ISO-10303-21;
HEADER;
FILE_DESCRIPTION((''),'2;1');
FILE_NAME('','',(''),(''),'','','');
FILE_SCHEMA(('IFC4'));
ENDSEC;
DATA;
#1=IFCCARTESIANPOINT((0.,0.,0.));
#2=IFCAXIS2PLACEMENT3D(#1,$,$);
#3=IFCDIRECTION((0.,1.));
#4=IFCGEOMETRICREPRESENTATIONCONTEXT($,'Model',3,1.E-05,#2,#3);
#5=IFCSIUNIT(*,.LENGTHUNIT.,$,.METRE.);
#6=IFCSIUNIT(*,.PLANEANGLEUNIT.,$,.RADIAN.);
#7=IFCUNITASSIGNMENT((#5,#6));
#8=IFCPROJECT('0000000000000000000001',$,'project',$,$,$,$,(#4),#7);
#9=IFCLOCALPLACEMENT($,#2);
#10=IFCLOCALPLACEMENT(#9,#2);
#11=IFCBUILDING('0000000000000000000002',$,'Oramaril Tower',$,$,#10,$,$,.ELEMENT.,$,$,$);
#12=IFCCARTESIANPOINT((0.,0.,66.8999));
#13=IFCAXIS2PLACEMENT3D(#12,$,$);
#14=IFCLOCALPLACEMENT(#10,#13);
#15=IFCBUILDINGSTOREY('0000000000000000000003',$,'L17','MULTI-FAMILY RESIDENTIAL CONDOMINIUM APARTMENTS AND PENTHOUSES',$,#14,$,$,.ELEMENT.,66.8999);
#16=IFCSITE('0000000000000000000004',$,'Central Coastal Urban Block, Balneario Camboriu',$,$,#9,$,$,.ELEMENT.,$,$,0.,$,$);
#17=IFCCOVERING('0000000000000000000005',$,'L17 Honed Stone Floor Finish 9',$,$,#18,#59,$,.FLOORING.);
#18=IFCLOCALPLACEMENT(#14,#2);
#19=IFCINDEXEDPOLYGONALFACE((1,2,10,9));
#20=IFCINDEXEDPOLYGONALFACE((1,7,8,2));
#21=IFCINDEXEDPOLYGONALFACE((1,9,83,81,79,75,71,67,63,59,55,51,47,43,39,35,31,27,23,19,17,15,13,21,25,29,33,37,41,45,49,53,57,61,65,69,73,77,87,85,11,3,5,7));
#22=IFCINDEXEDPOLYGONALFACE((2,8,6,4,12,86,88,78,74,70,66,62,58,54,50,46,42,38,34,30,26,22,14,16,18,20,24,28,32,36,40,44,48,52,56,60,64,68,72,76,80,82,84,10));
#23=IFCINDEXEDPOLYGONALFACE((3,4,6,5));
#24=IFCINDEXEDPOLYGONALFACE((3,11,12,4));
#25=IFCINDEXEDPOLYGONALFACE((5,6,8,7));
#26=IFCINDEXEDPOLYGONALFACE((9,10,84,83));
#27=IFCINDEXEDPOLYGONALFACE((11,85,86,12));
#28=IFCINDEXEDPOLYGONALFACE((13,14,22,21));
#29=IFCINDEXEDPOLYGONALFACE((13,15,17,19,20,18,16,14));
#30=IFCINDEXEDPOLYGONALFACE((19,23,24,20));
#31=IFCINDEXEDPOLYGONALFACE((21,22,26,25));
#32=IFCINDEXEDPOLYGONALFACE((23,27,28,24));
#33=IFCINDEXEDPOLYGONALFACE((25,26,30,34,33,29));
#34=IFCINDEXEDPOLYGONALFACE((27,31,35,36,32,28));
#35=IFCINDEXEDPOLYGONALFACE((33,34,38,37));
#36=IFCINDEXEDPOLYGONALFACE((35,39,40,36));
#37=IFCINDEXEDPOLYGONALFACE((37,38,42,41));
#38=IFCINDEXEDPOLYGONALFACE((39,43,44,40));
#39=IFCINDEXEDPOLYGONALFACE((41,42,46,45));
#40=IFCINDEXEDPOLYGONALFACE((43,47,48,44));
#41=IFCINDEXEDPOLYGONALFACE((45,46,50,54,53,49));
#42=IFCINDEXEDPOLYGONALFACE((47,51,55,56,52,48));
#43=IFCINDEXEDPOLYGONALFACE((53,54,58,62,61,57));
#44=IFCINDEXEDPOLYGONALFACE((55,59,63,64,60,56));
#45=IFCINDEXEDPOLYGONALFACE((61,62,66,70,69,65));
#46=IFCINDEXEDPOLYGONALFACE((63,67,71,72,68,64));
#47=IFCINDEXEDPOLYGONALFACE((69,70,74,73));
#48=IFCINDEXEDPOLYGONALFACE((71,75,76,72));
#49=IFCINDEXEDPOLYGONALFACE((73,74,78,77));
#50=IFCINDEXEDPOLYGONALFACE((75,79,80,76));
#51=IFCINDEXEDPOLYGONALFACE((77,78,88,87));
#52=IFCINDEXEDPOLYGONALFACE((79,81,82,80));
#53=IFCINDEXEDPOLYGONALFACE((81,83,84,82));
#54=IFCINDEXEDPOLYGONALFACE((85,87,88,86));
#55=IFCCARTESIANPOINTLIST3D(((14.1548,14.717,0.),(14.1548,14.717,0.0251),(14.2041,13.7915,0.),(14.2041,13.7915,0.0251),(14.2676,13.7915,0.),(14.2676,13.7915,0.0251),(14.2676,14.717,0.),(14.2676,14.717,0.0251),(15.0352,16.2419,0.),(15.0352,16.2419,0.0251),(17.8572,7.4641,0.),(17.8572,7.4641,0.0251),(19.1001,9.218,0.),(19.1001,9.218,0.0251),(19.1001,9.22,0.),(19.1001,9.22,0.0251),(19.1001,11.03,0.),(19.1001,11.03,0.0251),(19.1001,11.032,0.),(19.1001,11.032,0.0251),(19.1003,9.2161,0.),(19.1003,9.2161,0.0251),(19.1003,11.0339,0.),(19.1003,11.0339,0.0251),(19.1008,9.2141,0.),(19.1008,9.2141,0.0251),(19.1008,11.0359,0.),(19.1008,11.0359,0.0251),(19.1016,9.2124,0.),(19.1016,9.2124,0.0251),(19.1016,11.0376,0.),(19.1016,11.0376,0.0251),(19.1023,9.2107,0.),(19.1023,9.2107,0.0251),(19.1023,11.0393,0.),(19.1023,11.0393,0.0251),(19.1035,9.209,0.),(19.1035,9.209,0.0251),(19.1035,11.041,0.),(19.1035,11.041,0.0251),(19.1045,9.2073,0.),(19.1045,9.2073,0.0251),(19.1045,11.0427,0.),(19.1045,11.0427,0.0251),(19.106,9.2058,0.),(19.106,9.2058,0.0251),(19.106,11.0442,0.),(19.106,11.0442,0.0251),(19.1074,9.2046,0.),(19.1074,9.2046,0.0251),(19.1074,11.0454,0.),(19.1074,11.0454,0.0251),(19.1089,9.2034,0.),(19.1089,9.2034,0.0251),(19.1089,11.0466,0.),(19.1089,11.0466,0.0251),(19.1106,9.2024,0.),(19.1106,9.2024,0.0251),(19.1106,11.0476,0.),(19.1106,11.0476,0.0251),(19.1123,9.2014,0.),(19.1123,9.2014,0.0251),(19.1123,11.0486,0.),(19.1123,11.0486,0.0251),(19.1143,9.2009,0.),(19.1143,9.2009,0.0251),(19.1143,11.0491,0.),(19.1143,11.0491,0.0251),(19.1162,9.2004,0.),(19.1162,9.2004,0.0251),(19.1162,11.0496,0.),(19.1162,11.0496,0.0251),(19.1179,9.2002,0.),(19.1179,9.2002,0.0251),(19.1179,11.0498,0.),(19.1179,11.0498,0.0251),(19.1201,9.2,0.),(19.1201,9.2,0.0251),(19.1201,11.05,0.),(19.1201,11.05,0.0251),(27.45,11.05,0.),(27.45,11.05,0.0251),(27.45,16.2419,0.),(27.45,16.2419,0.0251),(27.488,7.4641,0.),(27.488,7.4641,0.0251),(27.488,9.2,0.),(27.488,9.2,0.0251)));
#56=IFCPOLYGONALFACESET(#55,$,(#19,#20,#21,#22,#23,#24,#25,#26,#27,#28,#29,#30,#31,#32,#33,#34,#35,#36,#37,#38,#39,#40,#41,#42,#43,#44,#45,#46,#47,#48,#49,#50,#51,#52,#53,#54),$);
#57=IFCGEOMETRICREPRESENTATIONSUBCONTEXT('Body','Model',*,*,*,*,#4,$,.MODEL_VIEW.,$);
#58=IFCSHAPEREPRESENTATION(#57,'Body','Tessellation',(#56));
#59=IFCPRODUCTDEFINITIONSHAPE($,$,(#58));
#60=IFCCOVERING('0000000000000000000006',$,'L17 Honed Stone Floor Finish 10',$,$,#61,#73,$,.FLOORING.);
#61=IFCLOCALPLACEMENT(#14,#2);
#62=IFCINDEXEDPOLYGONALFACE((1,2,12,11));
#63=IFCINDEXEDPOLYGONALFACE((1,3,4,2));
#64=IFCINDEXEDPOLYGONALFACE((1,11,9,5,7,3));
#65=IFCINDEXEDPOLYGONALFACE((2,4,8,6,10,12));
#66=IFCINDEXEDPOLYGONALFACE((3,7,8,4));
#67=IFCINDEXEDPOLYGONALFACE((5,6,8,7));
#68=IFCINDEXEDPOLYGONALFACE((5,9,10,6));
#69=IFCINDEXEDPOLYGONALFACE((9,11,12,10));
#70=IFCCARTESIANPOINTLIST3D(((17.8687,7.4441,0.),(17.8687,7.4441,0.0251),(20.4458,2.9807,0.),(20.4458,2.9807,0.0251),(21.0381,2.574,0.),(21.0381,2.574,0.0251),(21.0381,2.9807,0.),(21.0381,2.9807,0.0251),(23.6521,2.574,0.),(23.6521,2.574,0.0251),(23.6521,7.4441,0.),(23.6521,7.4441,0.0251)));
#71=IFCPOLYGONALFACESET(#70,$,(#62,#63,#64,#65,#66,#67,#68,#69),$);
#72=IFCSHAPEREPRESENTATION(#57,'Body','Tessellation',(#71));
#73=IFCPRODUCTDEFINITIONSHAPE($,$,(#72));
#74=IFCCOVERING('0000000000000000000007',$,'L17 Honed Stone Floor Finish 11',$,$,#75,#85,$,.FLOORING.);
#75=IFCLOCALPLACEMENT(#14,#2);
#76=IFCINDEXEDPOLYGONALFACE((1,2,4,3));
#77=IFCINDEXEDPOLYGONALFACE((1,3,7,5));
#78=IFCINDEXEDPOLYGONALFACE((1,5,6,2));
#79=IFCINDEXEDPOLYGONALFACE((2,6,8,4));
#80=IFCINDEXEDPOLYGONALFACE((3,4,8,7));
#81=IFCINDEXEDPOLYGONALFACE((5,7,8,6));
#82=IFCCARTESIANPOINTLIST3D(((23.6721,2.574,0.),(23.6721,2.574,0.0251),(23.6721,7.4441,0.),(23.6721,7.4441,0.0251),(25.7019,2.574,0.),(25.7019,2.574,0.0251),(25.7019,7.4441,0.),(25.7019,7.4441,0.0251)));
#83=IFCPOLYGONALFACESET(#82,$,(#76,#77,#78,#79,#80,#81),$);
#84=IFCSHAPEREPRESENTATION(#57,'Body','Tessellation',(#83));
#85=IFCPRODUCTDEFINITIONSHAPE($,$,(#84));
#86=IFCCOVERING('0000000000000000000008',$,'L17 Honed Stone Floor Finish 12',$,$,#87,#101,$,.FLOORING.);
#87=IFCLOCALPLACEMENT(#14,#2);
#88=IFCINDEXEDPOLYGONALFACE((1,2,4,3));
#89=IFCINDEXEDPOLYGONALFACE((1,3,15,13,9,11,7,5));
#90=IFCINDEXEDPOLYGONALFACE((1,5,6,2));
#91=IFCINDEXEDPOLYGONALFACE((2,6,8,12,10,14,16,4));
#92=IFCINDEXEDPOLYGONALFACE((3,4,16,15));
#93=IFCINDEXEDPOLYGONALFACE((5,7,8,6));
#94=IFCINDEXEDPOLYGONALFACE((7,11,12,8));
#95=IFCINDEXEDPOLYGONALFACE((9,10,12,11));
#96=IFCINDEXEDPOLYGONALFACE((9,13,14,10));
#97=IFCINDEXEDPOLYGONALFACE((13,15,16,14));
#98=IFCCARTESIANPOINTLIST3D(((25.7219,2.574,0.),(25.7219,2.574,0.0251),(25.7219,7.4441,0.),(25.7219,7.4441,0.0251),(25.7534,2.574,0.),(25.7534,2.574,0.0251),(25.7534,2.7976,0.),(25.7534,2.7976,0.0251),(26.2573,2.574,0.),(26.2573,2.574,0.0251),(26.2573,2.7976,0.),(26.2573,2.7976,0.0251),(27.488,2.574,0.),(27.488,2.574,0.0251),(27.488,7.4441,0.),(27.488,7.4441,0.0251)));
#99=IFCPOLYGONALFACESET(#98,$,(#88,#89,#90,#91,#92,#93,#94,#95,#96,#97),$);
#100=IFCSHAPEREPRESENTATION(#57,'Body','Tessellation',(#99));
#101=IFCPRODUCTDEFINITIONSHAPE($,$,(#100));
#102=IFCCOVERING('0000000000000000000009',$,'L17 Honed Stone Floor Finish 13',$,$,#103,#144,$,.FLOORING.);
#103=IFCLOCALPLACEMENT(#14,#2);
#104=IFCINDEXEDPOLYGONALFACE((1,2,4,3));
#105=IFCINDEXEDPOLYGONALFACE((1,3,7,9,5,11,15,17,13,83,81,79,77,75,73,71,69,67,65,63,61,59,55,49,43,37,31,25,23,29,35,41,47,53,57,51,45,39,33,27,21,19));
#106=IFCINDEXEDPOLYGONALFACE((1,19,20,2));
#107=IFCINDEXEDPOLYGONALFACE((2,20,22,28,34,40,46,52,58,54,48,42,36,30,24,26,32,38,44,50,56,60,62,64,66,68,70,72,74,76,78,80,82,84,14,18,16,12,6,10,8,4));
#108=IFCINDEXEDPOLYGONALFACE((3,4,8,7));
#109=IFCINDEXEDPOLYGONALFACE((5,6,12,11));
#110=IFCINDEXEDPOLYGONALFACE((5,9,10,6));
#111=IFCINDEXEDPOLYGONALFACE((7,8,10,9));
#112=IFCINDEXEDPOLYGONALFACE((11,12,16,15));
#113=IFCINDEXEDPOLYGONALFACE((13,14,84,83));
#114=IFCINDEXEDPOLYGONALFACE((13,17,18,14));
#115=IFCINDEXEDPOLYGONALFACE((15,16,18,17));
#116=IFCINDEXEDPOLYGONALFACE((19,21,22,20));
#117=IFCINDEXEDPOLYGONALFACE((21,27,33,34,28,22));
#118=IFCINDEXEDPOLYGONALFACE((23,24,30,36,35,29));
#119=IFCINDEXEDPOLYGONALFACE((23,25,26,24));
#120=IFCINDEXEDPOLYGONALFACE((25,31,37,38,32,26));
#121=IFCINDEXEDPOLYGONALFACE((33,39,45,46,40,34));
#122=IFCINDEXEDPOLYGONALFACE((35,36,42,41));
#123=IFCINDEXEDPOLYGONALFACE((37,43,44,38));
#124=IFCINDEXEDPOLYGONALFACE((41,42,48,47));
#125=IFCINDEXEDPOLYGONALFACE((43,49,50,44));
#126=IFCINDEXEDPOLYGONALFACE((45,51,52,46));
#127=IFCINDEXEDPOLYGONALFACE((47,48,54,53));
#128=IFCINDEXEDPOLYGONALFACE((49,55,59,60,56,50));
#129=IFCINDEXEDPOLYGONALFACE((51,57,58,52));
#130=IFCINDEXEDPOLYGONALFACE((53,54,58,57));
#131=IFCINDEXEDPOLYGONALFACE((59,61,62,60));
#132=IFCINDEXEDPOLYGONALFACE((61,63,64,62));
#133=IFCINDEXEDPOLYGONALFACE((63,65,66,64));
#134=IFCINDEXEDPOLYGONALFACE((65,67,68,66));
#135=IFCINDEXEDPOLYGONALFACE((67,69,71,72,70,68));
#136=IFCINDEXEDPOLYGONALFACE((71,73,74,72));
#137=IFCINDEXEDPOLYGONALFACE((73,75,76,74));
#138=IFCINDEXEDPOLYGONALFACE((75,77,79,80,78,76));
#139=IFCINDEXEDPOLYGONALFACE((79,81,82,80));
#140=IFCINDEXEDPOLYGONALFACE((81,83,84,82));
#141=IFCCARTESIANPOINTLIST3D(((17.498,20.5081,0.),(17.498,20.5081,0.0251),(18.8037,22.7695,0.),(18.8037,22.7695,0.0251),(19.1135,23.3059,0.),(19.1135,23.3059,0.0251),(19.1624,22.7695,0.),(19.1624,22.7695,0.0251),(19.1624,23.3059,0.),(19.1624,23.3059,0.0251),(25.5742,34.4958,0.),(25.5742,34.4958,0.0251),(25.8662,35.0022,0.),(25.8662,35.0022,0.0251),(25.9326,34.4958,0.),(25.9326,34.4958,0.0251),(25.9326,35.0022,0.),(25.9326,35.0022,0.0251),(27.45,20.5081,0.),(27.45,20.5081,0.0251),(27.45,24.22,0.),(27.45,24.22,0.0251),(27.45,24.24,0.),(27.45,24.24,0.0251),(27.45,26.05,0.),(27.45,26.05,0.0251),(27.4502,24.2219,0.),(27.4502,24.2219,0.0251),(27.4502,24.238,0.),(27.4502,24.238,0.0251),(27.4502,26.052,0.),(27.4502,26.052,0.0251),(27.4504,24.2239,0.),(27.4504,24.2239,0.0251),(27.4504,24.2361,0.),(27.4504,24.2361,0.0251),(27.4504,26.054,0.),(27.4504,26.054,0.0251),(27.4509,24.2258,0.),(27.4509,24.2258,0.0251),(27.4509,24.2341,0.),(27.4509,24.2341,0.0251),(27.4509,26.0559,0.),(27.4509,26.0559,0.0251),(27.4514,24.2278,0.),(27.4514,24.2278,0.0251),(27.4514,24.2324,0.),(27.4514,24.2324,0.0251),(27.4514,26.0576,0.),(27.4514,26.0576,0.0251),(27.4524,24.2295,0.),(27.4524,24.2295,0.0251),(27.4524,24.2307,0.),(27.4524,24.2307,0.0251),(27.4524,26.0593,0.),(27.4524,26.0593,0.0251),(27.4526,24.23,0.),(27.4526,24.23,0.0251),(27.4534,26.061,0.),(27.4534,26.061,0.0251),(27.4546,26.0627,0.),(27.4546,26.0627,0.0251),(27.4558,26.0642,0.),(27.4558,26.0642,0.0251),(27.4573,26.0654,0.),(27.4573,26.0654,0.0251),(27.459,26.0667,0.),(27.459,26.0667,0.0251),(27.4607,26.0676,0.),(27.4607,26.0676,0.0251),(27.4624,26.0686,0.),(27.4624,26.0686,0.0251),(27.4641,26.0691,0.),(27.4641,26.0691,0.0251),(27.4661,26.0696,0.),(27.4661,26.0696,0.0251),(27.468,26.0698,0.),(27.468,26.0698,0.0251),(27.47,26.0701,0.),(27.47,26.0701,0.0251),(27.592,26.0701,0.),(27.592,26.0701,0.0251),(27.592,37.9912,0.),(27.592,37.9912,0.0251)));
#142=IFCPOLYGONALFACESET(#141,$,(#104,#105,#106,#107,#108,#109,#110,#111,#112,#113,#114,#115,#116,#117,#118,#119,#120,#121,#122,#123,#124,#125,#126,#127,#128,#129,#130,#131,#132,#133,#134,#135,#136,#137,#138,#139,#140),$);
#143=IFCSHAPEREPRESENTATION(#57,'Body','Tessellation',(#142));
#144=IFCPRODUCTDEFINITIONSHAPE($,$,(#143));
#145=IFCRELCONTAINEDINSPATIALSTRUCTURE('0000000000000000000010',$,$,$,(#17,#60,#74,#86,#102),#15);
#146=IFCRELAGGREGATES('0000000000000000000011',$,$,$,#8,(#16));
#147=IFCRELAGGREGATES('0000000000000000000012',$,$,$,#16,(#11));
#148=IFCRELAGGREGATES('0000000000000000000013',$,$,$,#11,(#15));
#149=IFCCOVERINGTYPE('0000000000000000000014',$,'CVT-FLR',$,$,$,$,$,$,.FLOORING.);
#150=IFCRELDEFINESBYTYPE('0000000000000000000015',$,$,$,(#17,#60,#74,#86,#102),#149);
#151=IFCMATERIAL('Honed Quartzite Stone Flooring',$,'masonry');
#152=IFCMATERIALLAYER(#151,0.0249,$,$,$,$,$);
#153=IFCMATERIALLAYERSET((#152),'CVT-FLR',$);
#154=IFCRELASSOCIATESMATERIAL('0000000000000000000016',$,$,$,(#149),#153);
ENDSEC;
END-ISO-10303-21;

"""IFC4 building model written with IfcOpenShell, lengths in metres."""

from ifc_helpers import new_model, si_unit, direction, frame, origin, place, context, subcontext, project, spatial, polyline, outline, extrude, material, layer, layer_set, type_object, element, save


model = new_model("IFC4")

# Units and contexts
model_context = context("Model", 3, precision=1e-05, world=origin(), true_north=direction((0.0, 1.0)))
body_context = subcontext(model_context, "Body", "Model", "MODEL_VIEW")
ifc_project = project(units=[si_unit("LENGTHUNIT", "METRE"), si_unit("PLANEANGLEUNIT", "RADIAN")], contexts=[model_context])

# Site, building, storey
site_placement = place(None, origin())
site = spatial("IfcSite", under=ifc_project, at=site_placement, Name="Central Coastal Urban Block, Balneario Camboriu", CompositionType="ELEMENT", RefElevation=0.0)
building_placement = place(site_placement, origin())
building = spatial("IfcBuilding", under=site, at=building_placement, Name="Oramaril Tower", CompositionType="ELEMENT")
storey_placement = place(building_placement, frame((0.0, 0.0, 66.8999)))
storey = spatial("IfcBuildingStorey", under=building, at=storey_placement, Name="L17", Description="MULTI-FAMILY RESIDENTIAL CONDOMINIUM APARTMENTS AND PENTHOUSES", CompositionType="ELEMENT", Elevation=66.8999)

# Coverings
ifc_material_1 = material(Name="Honed Quartzite Stone Flooring", Category="masonry")
ifc_layer_1 = layer(ifc_material_1, 0.0249)
ifc_layer_set_1 = layer_set([ifc_layer_1], Name="CVT-FLR")
covering_type_1 = type_object("IfcCoveringType", Name="CVT-FLR", PredefinedType="FLOORING", material=ifc_layer_set_1)
covering_1_placement = place(storey_placement, origin())
element("IfcCovering", 1, at=covering_1_placement, inside=storey, type_object=covering_type_1, Name="L17 Honed Stone Floor Finish 9", PredefinedType="FLOORING", context=body_context, shape_type="SweptSolid", body=[
    extrude(outline(polyline([(27.45, 16.2419), (27.45, 11.05), (19.1201, 11.05), (19.1179, 11.0498), (19.1162, 11.0496), (19.1143, 11.0491), (19.1123, 11.0486), (19.1106, 11.0476), (19.1089, 11.0466), (19.1074, 11.0454), (19.106, 11.0442), (19.1045, 11.0427), (19.1035, 11.041), (19.1023, 11.0393), (19.1016, 11.0376), (19.1008, 11.0359), (19.1003, 11.0339), (19.1001, 11.032), (19.1001, 11.03), (19.1001, 9.22), (19.1001, 9.218), (19.1003, 9.2161), (19.1008, 9.2141), (19.1016, 9.2124), (19.1023, 9.2107), (19.1035, 9.209), (19.1045, 9.2073), (19.106, 9.2058), (19.1074, 9.2046), (19.1089, 9.2034), (19.1106, 9.2024), (19.1123, 9.2014), (19.1143, 9.2009), (19.1162, 9.2004), (19.1179, 9.2002), (19.1201, 9.2), (27.488, 9.2), (27.488, 7.4641), (17.8572, 7.4641), (14.2041, 13.7915), (14.2676, 13.7915), (14.2676, 14.717), (14.1548, 14.717), (15.0352, 16.2419), (27.45, 16.2419)])), origin(), (0.0, 0.0, 1.0), 0.0251),
])
covering_2_placement = place(storey_placement, origin())
element("IfcCovering", 2, at=covering_2_placement, inside=storey, type_object=covering_type_1, Name="L17 Honed Stone Floor Finish 10", PredefinedType="FLOORING", context=body_context, shape_type="SweptSolid", body=[
    extrude(outline(polyline([(21.0381, 2.574), (21.0381, 2.9807), (20.4458, 2.9807), (17.8687, 7.4441), (23.6521, 7.4441), (23.6521, 2.574), (21.0381, 2.574)])), origin(), (0.0, 0.0, 1.0), 0.0251),
])
covering_3_placement = place(storey_placement, origin())
element("IfcCovering", 3, at=covering_3_placement, inside=storey, type_object=covering_type_1, Name="L17 Honed Stone Floor Finish 11", PredefinedType="FLOORING", context=body_context, shape_type="SweptSolid", body=[
    extrude(outline(polyline([(23.6721, 2.574), (23.6721, 7.4441), (25.7019, 7.4441), (25.7019, 2.574), (23.6721, 2.574)])), origin(), (0.0, 0.0, 1.0), 0.0251),
])
covering_4_placement = place(storey_placement, origin())
element("IfcCovering", 4, at=covering_4_placement, inside=storey, type_object=covering_type_1, Name="L17 Honed Stone Floor Finish 12", PredefinedType="FLOORING", context=body_context, shape_type="SweptSolid", body=[
    extrude(outline(polyline([(26.2573, 2.574), (26.2573, 2.7976), (25.7534, 2.7976), (25.7534, 2.574), (25.7219, 2.574), (25.7219, 7.4441), (27.488, 7.4441), (27.488, 2.574), (26.2573, 2.574)])), origin(), (0.0, 0.0, 1.0), 0.0251),
])
covering_5_placement = place(storey_placement, origin())
element("IfcCovering", 5, at=covering_5_placement, inside=storey, type_object=covering_type_1, Name="L17 Honed Stone Floor Finish 13", PredefinedType="FLOORING", context=body_context, shape_type="SweptSolid", body=[
    extrude(outline(polyline([(18.8037, 22.7695), (19.1624, 22.7695), (19.1624, 23.3059), (19.1135, 23.3059), (25.5742, 34.4958), (25.9326, 34.4958), (25.9326, 35.0022), (25.8662, 35.0022), (27.592, 37.9912), (27.592, 26.0701), (27.47, 26.0701), (27.468, 26.0698), (27.4661, 26.0696), (27.4641, 26.0691), (27.4624, 26.0686), (27.4607, 26.0676), (27.459, 26.0667), (27.4573, 26.0654), (27.4558, 26.0642), (27.4546, 26.0627), (27.4534, 26.061), (27.4524, 26.0593), (27.4514, 26.0576), (27.4509, 26.0559), (27.4504, 26.054), (27.4502, 26.052), (27.45, 26.05), (27.45, 24.24), (27.4502, 24.238), (27.4504, 24.2361), (27.4509, 24.2341), (27.4514, 24.2324), (27.4524, 24.2307), (27.4526, 24.23), (27.4524, 24.2295), (27.4514, 24.2278), (27.4509, 24.2258), (27.4504, 24.2239), (27.4502, 24.2219), (27.45, 24.22), (27.45, 20.5081), (17.498, 20.5081), (18.8037, 22.7695)])), origin(), (0.0, 0.0, 1.0), 0.0251),
])

save(model, "model.ifc")
